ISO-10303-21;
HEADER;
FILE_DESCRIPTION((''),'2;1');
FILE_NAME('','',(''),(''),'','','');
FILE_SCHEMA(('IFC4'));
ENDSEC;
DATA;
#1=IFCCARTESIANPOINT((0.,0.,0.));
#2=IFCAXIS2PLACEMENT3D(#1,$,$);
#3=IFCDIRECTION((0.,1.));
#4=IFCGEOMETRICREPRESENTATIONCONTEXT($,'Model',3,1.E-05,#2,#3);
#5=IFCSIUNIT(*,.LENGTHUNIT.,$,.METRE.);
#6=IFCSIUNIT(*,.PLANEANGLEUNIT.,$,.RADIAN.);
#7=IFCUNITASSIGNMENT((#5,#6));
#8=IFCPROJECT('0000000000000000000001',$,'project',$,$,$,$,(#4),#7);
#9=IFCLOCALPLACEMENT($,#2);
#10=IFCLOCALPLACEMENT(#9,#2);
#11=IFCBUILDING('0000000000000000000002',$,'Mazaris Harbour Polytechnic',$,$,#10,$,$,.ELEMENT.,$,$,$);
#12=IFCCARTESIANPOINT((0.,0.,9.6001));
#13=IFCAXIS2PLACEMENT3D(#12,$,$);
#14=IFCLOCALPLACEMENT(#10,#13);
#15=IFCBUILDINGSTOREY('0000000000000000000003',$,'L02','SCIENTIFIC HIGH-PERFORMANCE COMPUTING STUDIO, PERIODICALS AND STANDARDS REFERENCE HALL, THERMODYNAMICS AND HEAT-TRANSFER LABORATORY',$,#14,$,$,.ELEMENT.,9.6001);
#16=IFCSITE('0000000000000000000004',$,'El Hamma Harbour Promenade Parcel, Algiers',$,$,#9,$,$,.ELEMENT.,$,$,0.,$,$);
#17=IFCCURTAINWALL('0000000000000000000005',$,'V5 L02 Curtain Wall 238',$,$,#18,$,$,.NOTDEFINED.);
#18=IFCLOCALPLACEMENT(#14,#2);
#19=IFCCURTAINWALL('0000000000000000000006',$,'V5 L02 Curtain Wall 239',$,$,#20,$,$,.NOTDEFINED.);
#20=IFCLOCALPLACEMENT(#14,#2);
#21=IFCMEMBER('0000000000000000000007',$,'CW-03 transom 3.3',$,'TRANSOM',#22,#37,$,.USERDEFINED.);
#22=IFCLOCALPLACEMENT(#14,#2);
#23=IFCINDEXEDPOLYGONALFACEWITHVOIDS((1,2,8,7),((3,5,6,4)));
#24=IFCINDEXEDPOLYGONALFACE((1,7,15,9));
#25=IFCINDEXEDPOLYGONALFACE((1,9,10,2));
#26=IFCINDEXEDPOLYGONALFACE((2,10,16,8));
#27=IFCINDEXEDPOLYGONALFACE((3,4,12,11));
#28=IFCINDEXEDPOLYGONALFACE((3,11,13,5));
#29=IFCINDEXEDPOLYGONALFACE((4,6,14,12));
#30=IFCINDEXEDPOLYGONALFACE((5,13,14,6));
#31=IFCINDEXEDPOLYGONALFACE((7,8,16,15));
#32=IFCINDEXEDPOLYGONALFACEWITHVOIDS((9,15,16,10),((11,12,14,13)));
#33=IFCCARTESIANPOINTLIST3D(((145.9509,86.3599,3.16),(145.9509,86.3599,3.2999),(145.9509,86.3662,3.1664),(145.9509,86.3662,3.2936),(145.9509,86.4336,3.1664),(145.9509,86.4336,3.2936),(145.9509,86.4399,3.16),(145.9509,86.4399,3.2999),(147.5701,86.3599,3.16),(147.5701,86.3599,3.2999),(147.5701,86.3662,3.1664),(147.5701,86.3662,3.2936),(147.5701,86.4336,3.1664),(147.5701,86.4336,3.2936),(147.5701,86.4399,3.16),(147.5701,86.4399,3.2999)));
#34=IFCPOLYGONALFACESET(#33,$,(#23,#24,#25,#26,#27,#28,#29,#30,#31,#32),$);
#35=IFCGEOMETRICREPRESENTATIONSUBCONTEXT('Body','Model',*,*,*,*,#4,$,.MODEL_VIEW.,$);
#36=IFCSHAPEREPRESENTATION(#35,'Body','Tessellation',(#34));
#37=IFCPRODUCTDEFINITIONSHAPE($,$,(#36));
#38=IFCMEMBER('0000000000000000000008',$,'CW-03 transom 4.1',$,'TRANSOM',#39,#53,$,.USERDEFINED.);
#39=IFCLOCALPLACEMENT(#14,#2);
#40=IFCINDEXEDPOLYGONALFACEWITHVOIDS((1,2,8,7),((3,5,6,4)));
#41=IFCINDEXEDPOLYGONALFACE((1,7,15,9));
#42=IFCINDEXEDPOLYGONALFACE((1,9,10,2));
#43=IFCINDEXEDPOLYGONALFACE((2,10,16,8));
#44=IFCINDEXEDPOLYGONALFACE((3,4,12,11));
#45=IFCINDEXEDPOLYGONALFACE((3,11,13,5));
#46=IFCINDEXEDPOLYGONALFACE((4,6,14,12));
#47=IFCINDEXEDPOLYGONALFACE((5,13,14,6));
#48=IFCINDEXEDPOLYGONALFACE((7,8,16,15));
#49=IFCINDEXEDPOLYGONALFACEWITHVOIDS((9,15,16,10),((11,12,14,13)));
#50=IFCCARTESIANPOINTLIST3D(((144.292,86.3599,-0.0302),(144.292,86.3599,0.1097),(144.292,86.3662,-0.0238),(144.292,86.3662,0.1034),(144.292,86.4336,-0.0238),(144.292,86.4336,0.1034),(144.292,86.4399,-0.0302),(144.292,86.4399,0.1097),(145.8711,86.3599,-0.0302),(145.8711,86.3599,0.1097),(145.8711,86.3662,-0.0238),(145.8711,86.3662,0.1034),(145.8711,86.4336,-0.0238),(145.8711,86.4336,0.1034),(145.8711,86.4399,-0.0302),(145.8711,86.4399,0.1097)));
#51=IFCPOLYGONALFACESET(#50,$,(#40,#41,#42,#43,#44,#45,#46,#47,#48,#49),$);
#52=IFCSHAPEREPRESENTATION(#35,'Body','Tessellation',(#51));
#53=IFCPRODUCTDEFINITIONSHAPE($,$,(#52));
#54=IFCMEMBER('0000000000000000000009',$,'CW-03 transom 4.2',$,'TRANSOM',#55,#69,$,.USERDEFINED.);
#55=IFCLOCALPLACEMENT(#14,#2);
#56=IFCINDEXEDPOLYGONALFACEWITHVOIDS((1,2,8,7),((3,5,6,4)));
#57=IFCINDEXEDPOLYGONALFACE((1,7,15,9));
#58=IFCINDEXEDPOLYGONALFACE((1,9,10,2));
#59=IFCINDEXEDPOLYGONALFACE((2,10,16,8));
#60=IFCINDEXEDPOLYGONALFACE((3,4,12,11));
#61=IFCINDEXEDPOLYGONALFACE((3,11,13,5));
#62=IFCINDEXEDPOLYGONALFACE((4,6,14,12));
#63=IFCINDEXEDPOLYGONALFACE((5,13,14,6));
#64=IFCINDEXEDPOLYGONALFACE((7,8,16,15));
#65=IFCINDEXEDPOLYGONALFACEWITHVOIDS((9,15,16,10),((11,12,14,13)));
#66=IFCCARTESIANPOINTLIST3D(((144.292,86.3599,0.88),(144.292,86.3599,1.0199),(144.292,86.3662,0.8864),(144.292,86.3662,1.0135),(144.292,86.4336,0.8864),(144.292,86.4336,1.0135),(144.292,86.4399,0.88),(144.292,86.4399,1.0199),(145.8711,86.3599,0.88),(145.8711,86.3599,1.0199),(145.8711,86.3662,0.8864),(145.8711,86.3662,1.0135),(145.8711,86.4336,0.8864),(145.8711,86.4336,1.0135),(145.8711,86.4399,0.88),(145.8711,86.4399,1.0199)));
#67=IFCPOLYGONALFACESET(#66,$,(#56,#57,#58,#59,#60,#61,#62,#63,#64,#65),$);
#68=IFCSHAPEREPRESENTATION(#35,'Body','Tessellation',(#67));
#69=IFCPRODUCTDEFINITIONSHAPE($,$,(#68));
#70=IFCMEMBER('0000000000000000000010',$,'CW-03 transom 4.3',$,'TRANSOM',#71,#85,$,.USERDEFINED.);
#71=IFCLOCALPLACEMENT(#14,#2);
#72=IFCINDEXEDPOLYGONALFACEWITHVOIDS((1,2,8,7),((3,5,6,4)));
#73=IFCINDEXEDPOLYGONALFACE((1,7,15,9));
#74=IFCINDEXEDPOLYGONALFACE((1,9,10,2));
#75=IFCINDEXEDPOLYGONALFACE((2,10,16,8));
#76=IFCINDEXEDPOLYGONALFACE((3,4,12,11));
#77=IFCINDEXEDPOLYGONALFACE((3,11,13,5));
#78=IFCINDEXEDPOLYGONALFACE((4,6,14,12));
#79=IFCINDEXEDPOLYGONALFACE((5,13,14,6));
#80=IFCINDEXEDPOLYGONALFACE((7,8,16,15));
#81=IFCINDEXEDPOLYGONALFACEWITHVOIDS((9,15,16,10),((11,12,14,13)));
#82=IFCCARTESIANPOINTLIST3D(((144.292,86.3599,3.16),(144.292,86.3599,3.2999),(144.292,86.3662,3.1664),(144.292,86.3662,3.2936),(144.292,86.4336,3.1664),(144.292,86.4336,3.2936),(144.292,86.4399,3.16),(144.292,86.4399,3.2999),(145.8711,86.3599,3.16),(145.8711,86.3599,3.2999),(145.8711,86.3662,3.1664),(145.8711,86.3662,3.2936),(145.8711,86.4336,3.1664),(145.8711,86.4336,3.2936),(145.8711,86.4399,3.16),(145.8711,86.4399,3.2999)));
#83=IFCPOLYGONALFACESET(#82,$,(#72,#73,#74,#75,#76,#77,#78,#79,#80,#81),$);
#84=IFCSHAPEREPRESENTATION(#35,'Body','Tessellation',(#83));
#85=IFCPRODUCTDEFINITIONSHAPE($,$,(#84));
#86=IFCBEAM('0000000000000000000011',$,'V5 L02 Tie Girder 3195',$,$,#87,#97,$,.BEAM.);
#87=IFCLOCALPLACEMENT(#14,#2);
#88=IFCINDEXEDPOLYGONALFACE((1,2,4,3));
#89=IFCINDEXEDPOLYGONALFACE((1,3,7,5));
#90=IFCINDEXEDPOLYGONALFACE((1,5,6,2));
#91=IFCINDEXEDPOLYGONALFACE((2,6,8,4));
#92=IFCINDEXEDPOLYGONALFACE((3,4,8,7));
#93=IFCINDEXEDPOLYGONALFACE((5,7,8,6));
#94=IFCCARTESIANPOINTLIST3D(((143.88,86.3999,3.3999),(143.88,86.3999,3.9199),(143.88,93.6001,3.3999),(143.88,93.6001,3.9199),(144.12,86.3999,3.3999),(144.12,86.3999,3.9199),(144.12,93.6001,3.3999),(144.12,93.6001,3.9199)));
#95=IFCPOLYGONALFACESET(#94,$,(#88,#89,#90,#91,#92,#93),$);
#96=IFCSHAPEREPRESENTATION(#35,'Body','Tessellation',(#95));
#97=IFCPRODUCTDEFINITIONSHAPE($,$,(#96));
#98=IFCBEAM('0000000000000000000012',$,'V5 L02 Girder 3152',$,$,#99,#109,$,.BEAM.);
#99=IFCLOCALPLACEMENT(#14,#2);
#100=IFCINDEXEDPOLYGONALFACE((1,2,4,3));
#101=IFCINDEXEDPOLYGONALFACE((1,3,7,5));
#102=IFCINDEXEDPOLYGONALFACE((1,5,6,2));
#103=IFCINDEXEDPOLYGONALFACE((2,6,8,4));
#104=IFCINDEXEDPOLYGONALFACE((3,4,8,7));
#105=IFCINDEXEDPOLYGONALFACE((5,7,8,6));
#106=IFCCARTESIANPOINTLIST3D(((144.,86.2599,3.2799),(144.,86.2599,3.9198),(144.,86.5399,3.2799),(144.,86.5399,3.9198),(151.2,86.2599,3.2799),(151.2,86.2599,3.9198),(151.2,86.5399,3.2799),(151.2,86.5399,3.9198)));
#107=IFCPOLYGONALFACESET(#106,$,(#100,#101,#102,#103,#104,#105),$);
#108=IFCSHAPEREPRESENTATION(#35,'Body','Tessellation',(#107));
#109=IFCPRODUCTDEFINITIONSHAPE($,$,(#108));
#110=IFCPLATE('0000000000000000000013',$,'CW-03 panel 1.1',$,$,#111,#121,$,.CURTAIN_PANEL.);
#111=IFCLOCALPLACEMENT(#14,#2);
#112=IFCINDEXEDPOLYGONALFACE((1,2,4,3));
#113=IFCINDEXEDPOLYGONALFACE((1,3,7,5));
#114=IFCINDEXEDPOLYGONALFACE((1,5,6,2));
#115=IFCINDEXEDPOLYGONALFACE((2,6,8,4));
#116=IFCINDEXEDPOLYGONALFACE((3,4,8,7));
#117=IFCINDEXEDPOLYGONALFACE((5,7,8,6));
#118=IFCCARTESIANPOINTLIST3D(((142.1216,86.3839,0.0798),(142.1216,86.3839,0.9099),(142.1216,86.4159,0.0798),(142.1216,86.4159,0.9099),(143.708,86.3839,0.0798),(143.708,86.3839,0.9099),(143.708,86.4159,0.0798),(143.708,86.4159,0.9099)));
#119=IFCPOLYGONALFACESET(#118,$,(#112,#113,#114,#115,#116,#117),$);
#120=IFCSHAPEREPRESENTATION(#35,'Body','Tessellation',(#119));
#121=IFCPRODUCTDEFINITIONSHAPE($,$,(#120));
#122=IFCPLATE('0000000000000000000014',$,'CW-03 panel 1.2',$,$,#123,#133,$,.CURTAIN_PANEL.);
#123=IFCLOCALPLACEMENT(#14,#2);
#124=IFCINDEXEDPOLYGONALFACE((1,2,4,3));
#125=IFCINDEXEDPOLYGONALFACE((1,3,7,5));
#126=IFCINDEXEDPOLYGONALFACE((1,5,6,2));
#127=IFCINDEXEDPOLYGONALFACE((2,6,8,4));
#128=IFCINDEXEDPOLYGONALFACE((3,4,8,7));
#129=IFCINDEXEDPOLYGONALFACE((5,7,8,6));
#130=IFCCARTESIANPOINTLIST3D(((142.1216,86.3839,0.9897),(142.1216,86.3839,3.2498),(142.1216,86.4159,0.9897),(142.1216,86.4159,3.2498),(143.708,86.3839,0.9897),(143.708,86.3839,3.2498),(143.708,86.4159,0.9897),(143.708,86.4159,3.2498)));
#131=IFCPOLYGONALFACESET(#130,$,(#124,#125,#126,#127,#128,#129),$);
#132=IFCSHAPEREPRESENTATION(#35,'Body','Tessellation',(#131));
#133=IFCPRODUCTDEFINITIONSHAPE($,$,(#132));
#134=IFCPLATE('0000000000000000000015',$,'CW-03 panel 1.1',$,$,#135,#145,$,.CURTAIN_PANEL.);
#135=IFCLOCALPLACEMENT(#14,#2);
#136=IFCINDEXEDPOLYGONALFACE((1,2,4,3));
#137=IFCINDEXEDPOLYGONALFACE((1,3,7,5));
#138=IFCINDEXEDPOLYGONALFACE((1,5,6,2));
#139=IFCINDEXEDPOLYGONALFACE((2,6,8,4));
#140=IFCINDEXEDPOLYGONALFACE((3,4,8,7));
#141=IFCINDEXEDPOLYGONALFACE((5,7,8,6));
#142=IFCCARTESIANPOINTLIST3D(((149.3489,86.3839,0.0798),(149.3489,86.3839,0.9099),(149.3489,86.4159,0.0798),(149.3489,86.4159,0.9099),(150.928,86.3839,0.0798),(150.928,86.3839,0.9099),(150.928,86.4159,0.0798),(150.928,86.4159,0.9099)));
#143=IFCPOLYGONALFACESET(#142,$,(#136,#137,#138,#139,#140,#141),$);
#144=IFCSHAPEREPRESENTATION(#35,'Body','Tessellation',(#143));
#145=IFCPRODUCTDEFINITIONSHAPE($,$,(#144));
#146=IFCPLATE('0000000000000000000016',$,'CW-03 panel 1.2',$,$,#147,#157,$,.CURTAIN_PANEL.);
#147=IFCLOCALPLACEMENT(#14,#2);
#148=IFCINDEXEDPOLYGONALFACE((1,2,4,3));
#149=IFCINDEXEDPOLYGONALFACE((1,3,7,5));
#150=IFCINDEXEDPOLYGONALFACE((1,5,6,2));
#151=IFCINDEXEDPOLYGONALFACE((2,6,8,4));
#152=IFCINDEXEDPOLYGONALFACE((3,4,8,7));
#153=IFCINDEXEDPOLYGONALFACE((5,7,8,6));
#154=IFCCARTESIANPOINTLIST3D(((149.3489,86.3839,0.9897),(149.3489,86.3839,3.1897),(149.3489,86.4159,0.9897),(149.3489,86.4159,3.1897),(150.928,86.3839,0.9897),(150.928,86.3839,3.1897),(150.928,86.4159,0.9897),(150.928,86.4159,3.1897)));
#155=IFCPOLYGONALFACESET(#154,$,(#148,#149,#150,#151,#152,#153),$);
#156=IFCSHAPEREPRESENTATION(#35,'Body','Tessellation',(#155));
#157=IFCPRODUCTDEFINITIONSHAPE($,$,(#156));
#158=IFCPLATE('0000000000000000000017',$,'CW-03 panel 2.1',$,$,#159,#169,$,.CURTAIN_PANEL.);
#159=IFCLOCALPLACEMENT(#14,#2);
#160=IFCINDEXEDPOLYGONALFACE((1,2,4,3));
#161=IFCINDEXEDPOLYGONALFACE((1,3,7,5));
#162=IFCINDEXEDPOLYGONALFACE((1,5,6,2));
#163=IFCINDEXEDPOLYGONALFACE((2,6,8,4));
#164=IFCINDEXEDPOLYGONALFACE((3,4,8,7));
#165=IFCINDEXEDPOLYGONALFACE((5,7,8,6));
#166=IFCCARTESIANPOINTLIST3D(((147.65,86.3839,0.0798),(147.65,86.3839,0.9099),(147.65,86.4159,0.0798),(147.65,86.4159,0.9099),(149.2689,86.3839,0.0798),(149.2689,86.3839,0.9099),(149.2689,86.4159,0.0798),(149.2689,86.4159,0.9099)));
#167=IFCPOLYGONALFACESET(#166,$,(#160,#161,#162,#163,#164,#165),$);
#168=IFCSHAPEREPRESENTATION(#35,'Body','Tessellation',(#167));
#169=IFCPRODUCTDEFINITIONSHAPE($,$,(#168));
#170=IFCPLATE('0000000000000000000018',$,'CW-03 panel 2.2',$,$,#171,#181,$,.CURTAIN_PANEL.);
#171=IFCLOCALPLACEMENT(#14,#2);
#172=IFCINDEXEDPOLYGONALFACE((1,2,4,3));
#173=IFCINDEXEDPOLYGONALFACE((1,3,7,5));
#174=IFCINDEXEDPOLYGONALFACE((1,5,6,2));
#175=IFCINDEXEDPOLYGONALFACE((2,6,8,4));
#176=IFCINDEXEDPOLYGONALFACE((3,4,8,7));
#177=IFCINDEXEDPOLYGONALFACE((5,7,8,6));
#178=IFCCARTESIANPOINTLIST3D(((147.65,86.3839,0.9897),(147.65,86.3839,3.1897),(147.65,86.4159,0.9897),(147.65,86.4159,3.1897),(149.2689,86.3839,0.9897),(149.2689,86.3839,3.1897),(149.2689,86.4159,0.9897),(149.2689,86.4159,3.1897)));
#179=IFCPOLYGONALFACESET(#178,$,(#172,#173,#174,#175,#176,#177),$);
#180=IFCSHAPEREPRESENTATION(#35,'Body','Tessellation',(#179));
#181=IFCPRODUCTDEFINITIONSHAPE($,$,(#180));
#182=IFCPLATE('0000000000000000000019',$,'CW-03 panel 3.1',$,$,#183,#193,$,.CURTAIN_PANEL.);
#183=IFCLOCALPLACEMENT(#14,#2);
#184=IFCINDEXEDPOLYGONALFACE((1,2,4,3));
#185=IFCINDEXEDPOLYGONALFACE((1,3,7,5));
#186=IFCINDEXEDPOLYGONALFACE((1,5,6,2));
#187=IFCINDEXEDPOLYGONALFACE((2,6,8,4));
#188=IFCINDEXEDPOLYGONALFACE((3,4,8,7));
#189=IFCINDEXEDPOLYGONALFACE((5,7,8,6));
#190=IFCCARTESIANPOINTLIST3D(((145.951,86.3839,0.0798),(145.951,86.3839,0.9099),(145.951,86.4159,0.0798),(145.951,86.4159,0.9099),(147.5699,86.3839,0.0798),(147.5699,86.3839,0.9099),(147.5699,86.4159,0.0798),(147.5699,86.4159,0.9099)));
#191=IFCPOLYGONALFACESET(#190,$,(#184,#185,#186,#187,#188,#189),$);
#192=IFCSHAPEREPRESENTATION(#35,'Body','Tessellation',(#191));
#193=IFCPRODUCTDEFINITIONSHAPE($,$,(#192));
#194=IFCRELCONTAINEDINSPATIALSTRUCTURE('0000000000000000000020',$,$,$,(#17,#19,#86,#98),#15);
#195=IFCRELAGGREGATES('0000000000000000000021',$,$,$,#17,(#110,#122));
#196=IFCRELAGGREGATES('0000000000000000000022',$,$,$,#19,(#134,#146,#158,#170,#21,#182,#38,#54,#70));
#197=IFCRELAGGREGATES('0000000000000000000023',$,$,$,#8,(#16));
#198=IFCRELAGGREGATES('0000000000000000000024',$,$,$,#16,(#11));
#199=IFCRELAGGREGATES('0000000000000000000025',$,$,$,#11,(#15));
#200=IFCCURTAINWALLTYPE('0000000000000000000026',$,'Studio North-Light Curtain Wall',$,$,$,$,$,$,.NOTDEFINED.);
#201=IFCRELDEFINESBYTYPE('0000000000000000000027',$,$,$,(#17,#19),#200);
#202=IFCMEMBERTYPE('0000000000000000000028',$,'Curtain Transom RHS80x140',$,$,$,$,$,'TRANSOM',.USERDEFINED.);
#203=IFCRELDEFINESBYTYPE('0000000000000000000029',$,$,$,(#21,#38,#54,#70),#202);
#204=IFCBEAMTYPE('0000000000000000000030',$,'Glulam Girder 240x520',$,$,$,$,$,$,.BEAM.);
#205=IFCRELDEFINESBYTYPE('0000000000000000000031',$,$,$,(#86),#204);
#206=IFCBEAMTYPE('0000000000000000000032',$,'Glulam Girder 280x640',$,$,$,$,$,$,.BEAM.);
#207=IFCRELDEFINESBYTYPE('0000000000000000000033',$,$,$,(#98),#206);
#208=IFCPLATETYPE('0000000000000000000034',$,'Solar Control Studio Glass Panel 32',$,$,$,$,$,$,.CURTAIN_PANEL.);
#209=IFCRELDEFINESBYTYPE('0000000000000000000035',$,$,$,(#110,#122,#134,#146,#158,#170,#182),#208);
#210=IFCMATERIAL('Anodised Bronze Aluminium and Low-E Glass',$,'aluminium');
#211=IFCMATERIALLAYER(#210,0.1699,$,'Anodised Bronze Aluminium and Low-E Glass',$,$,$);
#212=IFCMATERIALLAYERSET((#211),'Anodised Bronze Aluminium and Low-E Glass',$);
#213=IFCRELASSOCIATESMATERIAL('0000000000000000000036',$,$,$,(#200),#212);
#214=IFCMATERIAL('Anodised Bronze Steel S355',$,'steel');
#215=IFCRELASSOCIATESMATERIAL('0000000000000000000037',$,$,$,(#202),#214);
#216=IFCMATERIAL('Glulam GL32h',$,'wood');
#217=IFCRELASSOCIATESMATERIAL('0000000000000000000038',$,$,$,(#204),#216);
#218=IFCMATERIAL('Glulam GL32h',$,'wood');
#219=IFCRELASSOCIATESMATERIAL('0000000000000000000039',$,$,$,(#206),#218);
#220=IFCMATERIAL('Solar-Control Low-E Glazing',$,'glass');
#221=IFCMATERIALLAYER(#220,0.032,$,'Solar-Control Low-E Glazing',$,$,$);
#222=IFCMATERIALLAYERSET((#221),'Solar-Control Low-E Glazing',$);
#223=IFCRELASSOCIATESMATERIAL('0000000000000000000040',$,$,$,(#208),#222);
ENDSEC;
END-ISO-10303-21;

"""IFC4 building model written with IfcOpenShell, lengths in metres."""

from ifc_helpers import new_model, si_unit, direction, frame, origin, origin_2d, place, context, subcontext, project, spatial, rectangle, hollow_rectangle, extrude, material, layer, layer_set, material_profile, profile_set, type_object, element, aggregate, save


model = new_model("IFC4")

# Units and contexts
model_context = context("Model", 3, precision=1e-05, world=origin(), true_north=direction((0.0, 1.0)))
body_context = subcontext(model_context, "Body", "Model", "MODEL_VIEW")
ifc_project = project(units=[si_unit("LENGTHUNIT", "METRE"), si_unit("PLANEANGLEUNIT", "RADIAN")], contexts=[model_context])

# Site, building, storey
site_placement = place(None, origin())
site = spatial("IfcSite", under=ifc_project, at=site_placement, Name="El Hamma Harbour Promenade Parcel, Algiers", CompositionType="ELEMENT", RefElevation=0.0)
building_placement = place(site_placement, origin())
building = spatial("IfcBuilding", under=site, at=building_placement, Name="Mazaris Harbour Polytechnic", CompositionType="ELEMENT")
storey_placement = place(building_placement, frame((0.0, 0.0, 9.6001)))
storey = spatial("IfcBuildingStorey", under=building, at=storey_placement, Name="L02", Description="SCIENTIFIC HIGH-PERFORMANCE COMPUTING STUDIO, PERIODICALS AND STANDARDS REFERENCE HALL, THERMODYNAMICS AND HEAT-TRANSFER LABORATORY", CompositionType="ELEMENT", Elevation=9.6001)

# Curtain walls
ifc_material_1 = material(Name="Anodised Bronze Aluminium and Low-E Glass", Category="aluminium")
ifc_layer_1 = layer(ifc_material_1, 0.1699, Name="Anodised Bronze Aluminium and Low-E Glass")
ifc_layer_set_1 = layer_set([ifc_layer_1], Name="Anodised Bronze Aluminium and Low-E Glass")
curtain_wall_type = type_object("IfcCurtainWallType", Name="Studio North-Light Curtain Wall", PredefinedType="NOTDEFINED", material=ifc_layer_set_1)
curtain_wall_1_placement = place(storey_placement, origin())
curtain_wall_1 = element("IfcCurtainWall", 1, at=curtain_wall_1_placement, inside=storey, type_object=curtain_wall_type, Name="V5 L02 Curtain Wall 238", PredefinedType="NOTDEFINED")
curtain_wall_2_placement = place(storey_placement, origin())
curtain_wall_2 = element("IfcCurtainWall", 2, at=curtain_wall_2_placement, inside=storey, type_object=curtain_wall_type, Name="V5 L02 Curtain Wall 239", PredefinedType="NOTDEFINED")

# Members
ifc_material_2 = material(Name="Anodised Bronze Steel S355", Category="steel")
ifc_material_profile_1 = material_profile(ifc_material_2, hollow_rectangle(XDim=0.0801, YDim=0.1399, WallThickness=0.0063, at=origin_2d()), Name="RHS 80x140x6.3")
ifc_profile_set_1 = profile_set([ifc_material_profile_1], Name="Anodised Bronze Steel S355")
member_type_1 = type_object("IfcMemberType", Name="Curtain Transom RHS80x140", ElementType="TRANSOM", PredefinedType="USERDEFINED", material=ifc_profile_set_1)
member_1_placement = place(storey_placement, frame((147.5701, 86.3999, 3.23), z_axis=(-1.0, 0.0, 0.0), x_axis=(0.0, -1.0, 0.0)))
member_1 = element("IfcMember", 3, at=member_1_placement, type_object=member_type_1, Name="CW-03 transom 3.3", ObjectType="TRANSOM", PredefinedType="USERDEFINED", context=body_context, shape_type="SweptSolid", body=[
    extrude(hollow_rectangle(XDim=0.0801, YDim=0.1399, WallThickness=0.0063, at=origin_2d()), origin(), (0.0, 0.0, 1.0), 1.6191),
])
member_2_placement = place(storey_placement, frame((145.8711, 86.3999, 0.0398), z_axis=(-1.0, 0.0, 0.0), x_axis=(0.0, -1.0, 0.0)))
member_2 = element("IfcMember", 4, at=member_2_placement, type_object=member_type_1, Name="CW-03 transom 4.1", ObjectType="TRANSOM", PredefinedType="USERDEFINED", context=body_context, shape_type="SweptSolid", body=[
    extrude(hollow_rectangle(XDim=0.0801, YDim=0.1399, WallThickness=0.0063, at=origin_2d()), origin(), (0.0, 0.0, 1.0), 1.5791),
])
member_3_placement = place(storey_placement, frame((145.8711, 86.3999, 0.95), z_axis=(-1.0, 0.0, 0.0), x_axis=(0.0, -1.0, 0.0)))
member_3 = element("IfcMember", 5, at=member_3_placement, type_object=member_type_1, Name="CW-03 transom 4.2", ObjectType="TRANSOM", PredefinedType="USERDEFINED", context=body_context, shape_type="SweptSolid", body=[
    extrude(hollow_rectangle(XDim=0.0801, YDim=0.1399, WallThickness=0.0063, at=origin_2d()), origin(), (0.0, 0.0, 1.0), 1.5791),
])
member_4_placement = place(storey_placement, frame((145.8711, 86.3999, 3.23), z_axis=(-1.0, 0.0, 0.0), x_axis=(0.0, -1.0, 0.0)))
member_4 = element("IfcMember", 6, at=member_4_placement, type_object=member_type_1, Name="CW-03 transom 4.3", ObjectType="TRANSOM", PredefinedType="USERDEFINED", context=body_context, shape_type="SweptSolid", body=[
    extrude(hollow_rectangle(XDim=0.0801, YDim=0.1399, WallThickness=0.0063, at=origin_2d()), origin(), (0.0, 0.0, 1.0), 1.5791),
])

# Beams
ifc_material_3 = material(Name="Glulam GL32h", Category="wood")
ifc_material_profile_2 = material_profile(ifc_material_3, rectangle(XDim=0.24, YDim=0.52, at=origin_2d()), Name="RECT240x520")
ifc_profile_set_2 = profile_set([ifc_material_profile_2], Name="Glulam GL32h")
beam_type_1 = type_object("IfcBeamType", Name="Glulam Girder 240x520", PredefinedType="BEAM", material=ifc_profile_set_2)
beam_1_placement = place(storey_placement, frame((144.0, 86.3999, 3.6599), z_axis=(0.0, 1.0, 0.0), x_axis=(-1.0, 0.0, 0.0)))
element("IfcBeam", 7, at=beam_1_placement, inside=storey, type_object=beam_type_1, Name="V5 L02 Tie Girder 3195", PredefinedType="BEAM", context=body_context, shape_type="SweptSolid", body=[
    extrude(rectangle(XDim=0.24, YDim=0.52, at=origin_2d()), origin(), (0.0, 0.0, 1.0), 7.2002),
])
ifc_material_4 = material(Name="Glulam GL32h", Category="wood")
ifc_material_profile_3 = material_profile(ifc_material_4, rectangle(XDim=0.28, YDim=0.6399, at=origin_2d()), Name="RECT280x640")
ifc_profile_set_3 = profile_set([ifc_material_profile_3], Name="Glulam GL32h")
beam_type_2 = type_object("IfcBeamType", Name="Glulam Girder 280x640", PredefinedType="BEAM", material=ifc_profile_set_3)
beam_2_placement = place(storey_placement, frame((144.0, 86.3999, 3.5999), z_axis=(1.0, 0.0, 0.0), x_axis=(0.0, 1.0, 0.0)))
element("IfcBeam", 8, at=beam_2_placement, inside=storey, type_object=beam_type_2, Name="V5 L02 Girder 3152", PredefinedType="BEAM", context=body_context, shape_type="SweptSolid", body=[
    extrude(rectangle(XDim=0.28, YDim=0.6399, at=origin_2d()), origin(), (0.0, 0.0, 1.0), 7.2),
])

# Plates
ifc_material_5 = material(Name="Solar-Control Low-E Glazing", Category="glass")
ifc_layer_2 = layer(ifc_material_5, 0.032, Name="Solar-Control Low-E Glazing")
ifc_layer_set_2 = layer_set([ifc_layer_2], Name="Solar-Control Low-E Glazing")
plate_type = type_object("IfcPlateType", Name="Solar Control Studio Glass Panel 32", PredefinedType="CURTAIN_PANEL", material=ifc_layer_set_2)
plate_1_placement = place(storey_placement, frame((142.9148, 86.3999, 0.0798), z_axis=(0.0, 0.0, 1.0), x_axis=(-1.0, 0.0, 0.0)))
plate_1 = element("IfcPlate", 9, at=plate_1_placement, type_object=plate_type, Name="CW-03 panel 1.1", PredefinedType="CURTAIN_PANEL", context=body_context, shape_type="SweptSolid", body=[
    extrude(rectangle(XDim=1.5864, YDim=0.032, at=origin_2d()), origin(), (0.0, 0.0, 1.0), 0.8301),
])
plate_2_placement = place(storey_placement, frame((142.9148, 86.3999, 0.9897), z_axis=(0.0, 0.0, 1.0), x_axis=(-1.0, 0.0, 0.0)))
plate_2 = element("IfcPlate", 10, at=plate_2_placement, type_object=plate_type, Name="CW-03 panel 1.2", PredefinedType="CURTAIN_PANEL", context=body_context, shape_type="SweptSolid", body=[
    extrude(rectangle(XDim=1.5864, YDim=0.032, at=origin_2d()), origin(), (0.0, 0.0, 1.0), 2.26),
])
aggregate(curtain_wall_1, [plate_1, plate_2])
plate_3_placement = place(storey_placement, frame((150.1384, 86.3999, 0.0798), z_axis=(0.0, 0.0, 1.0), x_axis=(-1.0, 0.0, 0.0)))
plate_3 = element("IfcPlate", 11, at=plate_3_placement, type_object=plate_type, Name="CW-03 panel 1.1", PredefinedType="CURTAIN_PANEL", context=body_context, shape_type="SweptSolid", body=[
    extrude(rectangle(XDim=1.5791, YDim=0.032, at=origin_2d()), origin(), (0.0, 0.0, 1.0), 0.8301),
])
plate_4_placement = place(storey_placement, frame((150.1384, 86.3999, 0.9897), z_axis=(0.0, 0.0, 1.0), x_axis=(-1.0, 0.0, 0.0)))
plate_4 = element("IfcPlate", 12, at=plate_4_placement, type_object=plate_type, Name="CW-03 panel 1.2", PredefinedType="CURTAIN_PANEL", context=body_context, shape_type="SweptSolid", body=[
    extrude(rectangle(XDim=1.5791, YDim=0.032, at=origin_2d()), origin(), (0.0, 0.0, 1.0), 2.2),
])
plate_5_placement = place(storey_placement, frame((148.4595, 86.3999, 0.0798), z_axis=(0.0, 0.0, 1.0), x_axis=(-1.0, 0.0, 0.0)))
plate_5 = element("IfcPlate", 13, at=plate_5_placement, type_object=plate_type, Name="CW-03 panel 2.1", PredefinedType="CURTAIN_PANEL", context=body_context, shape_type="SweptSolid", body=[
    extrude(rectangle(XDim=1.6189, YDim=0.032, at=origin_2d()), origin(), (0.0, 0.0, 1.0), 0.8301),
])
plate_6_placement = place(storey_placement, frame((148.4595, 86.3999, 0.9897), z_axis=(0.0, 0.0, 1.0), x_axis=(-1.0, 0.0, 0.0)))
plate_6 = element("IfcPlate", 14, at=plate_6_placement, type_object=plate_type, Name="CW-03 panel 2.2", PredefinedType="CURTAIN_PANEL", context=body_context, shape_type="SweptSolid", body=[
    extrude(rectangle(XDim=1.6189, YDim=0.032, at=origin_2d()), origin(), (0.0, 0.0, 1.0), 2.2),
])
plate_7_placement = place(storey_placement, frame((146.7605, 86.3999, 0.0798), z_axis=(0.0, 0.0, 1.0), x_axis=(-1.0, 0.0, 0.0)))
plate_7 = element("IfcPlate", 15, at=plate_7_placement, type_object=plate_type, Name="CW-03 panel 3.1", PredefinedType="CURTAIN_PANEL", context=body_context, shape_type="SweptSolid", body=[
    extrude(rectangle(XDim=1.6189, YDim=0.032, at=origin_2d()), origin(), (0.0, 0.0, 1.0), 0.8301),
])
aggregate(curtain_wall_2, [plate_3, plate_4, plate_5, plate_6, member_1, plate_7, member_2, member_3, member_4])

save(model, "model.ifc")
